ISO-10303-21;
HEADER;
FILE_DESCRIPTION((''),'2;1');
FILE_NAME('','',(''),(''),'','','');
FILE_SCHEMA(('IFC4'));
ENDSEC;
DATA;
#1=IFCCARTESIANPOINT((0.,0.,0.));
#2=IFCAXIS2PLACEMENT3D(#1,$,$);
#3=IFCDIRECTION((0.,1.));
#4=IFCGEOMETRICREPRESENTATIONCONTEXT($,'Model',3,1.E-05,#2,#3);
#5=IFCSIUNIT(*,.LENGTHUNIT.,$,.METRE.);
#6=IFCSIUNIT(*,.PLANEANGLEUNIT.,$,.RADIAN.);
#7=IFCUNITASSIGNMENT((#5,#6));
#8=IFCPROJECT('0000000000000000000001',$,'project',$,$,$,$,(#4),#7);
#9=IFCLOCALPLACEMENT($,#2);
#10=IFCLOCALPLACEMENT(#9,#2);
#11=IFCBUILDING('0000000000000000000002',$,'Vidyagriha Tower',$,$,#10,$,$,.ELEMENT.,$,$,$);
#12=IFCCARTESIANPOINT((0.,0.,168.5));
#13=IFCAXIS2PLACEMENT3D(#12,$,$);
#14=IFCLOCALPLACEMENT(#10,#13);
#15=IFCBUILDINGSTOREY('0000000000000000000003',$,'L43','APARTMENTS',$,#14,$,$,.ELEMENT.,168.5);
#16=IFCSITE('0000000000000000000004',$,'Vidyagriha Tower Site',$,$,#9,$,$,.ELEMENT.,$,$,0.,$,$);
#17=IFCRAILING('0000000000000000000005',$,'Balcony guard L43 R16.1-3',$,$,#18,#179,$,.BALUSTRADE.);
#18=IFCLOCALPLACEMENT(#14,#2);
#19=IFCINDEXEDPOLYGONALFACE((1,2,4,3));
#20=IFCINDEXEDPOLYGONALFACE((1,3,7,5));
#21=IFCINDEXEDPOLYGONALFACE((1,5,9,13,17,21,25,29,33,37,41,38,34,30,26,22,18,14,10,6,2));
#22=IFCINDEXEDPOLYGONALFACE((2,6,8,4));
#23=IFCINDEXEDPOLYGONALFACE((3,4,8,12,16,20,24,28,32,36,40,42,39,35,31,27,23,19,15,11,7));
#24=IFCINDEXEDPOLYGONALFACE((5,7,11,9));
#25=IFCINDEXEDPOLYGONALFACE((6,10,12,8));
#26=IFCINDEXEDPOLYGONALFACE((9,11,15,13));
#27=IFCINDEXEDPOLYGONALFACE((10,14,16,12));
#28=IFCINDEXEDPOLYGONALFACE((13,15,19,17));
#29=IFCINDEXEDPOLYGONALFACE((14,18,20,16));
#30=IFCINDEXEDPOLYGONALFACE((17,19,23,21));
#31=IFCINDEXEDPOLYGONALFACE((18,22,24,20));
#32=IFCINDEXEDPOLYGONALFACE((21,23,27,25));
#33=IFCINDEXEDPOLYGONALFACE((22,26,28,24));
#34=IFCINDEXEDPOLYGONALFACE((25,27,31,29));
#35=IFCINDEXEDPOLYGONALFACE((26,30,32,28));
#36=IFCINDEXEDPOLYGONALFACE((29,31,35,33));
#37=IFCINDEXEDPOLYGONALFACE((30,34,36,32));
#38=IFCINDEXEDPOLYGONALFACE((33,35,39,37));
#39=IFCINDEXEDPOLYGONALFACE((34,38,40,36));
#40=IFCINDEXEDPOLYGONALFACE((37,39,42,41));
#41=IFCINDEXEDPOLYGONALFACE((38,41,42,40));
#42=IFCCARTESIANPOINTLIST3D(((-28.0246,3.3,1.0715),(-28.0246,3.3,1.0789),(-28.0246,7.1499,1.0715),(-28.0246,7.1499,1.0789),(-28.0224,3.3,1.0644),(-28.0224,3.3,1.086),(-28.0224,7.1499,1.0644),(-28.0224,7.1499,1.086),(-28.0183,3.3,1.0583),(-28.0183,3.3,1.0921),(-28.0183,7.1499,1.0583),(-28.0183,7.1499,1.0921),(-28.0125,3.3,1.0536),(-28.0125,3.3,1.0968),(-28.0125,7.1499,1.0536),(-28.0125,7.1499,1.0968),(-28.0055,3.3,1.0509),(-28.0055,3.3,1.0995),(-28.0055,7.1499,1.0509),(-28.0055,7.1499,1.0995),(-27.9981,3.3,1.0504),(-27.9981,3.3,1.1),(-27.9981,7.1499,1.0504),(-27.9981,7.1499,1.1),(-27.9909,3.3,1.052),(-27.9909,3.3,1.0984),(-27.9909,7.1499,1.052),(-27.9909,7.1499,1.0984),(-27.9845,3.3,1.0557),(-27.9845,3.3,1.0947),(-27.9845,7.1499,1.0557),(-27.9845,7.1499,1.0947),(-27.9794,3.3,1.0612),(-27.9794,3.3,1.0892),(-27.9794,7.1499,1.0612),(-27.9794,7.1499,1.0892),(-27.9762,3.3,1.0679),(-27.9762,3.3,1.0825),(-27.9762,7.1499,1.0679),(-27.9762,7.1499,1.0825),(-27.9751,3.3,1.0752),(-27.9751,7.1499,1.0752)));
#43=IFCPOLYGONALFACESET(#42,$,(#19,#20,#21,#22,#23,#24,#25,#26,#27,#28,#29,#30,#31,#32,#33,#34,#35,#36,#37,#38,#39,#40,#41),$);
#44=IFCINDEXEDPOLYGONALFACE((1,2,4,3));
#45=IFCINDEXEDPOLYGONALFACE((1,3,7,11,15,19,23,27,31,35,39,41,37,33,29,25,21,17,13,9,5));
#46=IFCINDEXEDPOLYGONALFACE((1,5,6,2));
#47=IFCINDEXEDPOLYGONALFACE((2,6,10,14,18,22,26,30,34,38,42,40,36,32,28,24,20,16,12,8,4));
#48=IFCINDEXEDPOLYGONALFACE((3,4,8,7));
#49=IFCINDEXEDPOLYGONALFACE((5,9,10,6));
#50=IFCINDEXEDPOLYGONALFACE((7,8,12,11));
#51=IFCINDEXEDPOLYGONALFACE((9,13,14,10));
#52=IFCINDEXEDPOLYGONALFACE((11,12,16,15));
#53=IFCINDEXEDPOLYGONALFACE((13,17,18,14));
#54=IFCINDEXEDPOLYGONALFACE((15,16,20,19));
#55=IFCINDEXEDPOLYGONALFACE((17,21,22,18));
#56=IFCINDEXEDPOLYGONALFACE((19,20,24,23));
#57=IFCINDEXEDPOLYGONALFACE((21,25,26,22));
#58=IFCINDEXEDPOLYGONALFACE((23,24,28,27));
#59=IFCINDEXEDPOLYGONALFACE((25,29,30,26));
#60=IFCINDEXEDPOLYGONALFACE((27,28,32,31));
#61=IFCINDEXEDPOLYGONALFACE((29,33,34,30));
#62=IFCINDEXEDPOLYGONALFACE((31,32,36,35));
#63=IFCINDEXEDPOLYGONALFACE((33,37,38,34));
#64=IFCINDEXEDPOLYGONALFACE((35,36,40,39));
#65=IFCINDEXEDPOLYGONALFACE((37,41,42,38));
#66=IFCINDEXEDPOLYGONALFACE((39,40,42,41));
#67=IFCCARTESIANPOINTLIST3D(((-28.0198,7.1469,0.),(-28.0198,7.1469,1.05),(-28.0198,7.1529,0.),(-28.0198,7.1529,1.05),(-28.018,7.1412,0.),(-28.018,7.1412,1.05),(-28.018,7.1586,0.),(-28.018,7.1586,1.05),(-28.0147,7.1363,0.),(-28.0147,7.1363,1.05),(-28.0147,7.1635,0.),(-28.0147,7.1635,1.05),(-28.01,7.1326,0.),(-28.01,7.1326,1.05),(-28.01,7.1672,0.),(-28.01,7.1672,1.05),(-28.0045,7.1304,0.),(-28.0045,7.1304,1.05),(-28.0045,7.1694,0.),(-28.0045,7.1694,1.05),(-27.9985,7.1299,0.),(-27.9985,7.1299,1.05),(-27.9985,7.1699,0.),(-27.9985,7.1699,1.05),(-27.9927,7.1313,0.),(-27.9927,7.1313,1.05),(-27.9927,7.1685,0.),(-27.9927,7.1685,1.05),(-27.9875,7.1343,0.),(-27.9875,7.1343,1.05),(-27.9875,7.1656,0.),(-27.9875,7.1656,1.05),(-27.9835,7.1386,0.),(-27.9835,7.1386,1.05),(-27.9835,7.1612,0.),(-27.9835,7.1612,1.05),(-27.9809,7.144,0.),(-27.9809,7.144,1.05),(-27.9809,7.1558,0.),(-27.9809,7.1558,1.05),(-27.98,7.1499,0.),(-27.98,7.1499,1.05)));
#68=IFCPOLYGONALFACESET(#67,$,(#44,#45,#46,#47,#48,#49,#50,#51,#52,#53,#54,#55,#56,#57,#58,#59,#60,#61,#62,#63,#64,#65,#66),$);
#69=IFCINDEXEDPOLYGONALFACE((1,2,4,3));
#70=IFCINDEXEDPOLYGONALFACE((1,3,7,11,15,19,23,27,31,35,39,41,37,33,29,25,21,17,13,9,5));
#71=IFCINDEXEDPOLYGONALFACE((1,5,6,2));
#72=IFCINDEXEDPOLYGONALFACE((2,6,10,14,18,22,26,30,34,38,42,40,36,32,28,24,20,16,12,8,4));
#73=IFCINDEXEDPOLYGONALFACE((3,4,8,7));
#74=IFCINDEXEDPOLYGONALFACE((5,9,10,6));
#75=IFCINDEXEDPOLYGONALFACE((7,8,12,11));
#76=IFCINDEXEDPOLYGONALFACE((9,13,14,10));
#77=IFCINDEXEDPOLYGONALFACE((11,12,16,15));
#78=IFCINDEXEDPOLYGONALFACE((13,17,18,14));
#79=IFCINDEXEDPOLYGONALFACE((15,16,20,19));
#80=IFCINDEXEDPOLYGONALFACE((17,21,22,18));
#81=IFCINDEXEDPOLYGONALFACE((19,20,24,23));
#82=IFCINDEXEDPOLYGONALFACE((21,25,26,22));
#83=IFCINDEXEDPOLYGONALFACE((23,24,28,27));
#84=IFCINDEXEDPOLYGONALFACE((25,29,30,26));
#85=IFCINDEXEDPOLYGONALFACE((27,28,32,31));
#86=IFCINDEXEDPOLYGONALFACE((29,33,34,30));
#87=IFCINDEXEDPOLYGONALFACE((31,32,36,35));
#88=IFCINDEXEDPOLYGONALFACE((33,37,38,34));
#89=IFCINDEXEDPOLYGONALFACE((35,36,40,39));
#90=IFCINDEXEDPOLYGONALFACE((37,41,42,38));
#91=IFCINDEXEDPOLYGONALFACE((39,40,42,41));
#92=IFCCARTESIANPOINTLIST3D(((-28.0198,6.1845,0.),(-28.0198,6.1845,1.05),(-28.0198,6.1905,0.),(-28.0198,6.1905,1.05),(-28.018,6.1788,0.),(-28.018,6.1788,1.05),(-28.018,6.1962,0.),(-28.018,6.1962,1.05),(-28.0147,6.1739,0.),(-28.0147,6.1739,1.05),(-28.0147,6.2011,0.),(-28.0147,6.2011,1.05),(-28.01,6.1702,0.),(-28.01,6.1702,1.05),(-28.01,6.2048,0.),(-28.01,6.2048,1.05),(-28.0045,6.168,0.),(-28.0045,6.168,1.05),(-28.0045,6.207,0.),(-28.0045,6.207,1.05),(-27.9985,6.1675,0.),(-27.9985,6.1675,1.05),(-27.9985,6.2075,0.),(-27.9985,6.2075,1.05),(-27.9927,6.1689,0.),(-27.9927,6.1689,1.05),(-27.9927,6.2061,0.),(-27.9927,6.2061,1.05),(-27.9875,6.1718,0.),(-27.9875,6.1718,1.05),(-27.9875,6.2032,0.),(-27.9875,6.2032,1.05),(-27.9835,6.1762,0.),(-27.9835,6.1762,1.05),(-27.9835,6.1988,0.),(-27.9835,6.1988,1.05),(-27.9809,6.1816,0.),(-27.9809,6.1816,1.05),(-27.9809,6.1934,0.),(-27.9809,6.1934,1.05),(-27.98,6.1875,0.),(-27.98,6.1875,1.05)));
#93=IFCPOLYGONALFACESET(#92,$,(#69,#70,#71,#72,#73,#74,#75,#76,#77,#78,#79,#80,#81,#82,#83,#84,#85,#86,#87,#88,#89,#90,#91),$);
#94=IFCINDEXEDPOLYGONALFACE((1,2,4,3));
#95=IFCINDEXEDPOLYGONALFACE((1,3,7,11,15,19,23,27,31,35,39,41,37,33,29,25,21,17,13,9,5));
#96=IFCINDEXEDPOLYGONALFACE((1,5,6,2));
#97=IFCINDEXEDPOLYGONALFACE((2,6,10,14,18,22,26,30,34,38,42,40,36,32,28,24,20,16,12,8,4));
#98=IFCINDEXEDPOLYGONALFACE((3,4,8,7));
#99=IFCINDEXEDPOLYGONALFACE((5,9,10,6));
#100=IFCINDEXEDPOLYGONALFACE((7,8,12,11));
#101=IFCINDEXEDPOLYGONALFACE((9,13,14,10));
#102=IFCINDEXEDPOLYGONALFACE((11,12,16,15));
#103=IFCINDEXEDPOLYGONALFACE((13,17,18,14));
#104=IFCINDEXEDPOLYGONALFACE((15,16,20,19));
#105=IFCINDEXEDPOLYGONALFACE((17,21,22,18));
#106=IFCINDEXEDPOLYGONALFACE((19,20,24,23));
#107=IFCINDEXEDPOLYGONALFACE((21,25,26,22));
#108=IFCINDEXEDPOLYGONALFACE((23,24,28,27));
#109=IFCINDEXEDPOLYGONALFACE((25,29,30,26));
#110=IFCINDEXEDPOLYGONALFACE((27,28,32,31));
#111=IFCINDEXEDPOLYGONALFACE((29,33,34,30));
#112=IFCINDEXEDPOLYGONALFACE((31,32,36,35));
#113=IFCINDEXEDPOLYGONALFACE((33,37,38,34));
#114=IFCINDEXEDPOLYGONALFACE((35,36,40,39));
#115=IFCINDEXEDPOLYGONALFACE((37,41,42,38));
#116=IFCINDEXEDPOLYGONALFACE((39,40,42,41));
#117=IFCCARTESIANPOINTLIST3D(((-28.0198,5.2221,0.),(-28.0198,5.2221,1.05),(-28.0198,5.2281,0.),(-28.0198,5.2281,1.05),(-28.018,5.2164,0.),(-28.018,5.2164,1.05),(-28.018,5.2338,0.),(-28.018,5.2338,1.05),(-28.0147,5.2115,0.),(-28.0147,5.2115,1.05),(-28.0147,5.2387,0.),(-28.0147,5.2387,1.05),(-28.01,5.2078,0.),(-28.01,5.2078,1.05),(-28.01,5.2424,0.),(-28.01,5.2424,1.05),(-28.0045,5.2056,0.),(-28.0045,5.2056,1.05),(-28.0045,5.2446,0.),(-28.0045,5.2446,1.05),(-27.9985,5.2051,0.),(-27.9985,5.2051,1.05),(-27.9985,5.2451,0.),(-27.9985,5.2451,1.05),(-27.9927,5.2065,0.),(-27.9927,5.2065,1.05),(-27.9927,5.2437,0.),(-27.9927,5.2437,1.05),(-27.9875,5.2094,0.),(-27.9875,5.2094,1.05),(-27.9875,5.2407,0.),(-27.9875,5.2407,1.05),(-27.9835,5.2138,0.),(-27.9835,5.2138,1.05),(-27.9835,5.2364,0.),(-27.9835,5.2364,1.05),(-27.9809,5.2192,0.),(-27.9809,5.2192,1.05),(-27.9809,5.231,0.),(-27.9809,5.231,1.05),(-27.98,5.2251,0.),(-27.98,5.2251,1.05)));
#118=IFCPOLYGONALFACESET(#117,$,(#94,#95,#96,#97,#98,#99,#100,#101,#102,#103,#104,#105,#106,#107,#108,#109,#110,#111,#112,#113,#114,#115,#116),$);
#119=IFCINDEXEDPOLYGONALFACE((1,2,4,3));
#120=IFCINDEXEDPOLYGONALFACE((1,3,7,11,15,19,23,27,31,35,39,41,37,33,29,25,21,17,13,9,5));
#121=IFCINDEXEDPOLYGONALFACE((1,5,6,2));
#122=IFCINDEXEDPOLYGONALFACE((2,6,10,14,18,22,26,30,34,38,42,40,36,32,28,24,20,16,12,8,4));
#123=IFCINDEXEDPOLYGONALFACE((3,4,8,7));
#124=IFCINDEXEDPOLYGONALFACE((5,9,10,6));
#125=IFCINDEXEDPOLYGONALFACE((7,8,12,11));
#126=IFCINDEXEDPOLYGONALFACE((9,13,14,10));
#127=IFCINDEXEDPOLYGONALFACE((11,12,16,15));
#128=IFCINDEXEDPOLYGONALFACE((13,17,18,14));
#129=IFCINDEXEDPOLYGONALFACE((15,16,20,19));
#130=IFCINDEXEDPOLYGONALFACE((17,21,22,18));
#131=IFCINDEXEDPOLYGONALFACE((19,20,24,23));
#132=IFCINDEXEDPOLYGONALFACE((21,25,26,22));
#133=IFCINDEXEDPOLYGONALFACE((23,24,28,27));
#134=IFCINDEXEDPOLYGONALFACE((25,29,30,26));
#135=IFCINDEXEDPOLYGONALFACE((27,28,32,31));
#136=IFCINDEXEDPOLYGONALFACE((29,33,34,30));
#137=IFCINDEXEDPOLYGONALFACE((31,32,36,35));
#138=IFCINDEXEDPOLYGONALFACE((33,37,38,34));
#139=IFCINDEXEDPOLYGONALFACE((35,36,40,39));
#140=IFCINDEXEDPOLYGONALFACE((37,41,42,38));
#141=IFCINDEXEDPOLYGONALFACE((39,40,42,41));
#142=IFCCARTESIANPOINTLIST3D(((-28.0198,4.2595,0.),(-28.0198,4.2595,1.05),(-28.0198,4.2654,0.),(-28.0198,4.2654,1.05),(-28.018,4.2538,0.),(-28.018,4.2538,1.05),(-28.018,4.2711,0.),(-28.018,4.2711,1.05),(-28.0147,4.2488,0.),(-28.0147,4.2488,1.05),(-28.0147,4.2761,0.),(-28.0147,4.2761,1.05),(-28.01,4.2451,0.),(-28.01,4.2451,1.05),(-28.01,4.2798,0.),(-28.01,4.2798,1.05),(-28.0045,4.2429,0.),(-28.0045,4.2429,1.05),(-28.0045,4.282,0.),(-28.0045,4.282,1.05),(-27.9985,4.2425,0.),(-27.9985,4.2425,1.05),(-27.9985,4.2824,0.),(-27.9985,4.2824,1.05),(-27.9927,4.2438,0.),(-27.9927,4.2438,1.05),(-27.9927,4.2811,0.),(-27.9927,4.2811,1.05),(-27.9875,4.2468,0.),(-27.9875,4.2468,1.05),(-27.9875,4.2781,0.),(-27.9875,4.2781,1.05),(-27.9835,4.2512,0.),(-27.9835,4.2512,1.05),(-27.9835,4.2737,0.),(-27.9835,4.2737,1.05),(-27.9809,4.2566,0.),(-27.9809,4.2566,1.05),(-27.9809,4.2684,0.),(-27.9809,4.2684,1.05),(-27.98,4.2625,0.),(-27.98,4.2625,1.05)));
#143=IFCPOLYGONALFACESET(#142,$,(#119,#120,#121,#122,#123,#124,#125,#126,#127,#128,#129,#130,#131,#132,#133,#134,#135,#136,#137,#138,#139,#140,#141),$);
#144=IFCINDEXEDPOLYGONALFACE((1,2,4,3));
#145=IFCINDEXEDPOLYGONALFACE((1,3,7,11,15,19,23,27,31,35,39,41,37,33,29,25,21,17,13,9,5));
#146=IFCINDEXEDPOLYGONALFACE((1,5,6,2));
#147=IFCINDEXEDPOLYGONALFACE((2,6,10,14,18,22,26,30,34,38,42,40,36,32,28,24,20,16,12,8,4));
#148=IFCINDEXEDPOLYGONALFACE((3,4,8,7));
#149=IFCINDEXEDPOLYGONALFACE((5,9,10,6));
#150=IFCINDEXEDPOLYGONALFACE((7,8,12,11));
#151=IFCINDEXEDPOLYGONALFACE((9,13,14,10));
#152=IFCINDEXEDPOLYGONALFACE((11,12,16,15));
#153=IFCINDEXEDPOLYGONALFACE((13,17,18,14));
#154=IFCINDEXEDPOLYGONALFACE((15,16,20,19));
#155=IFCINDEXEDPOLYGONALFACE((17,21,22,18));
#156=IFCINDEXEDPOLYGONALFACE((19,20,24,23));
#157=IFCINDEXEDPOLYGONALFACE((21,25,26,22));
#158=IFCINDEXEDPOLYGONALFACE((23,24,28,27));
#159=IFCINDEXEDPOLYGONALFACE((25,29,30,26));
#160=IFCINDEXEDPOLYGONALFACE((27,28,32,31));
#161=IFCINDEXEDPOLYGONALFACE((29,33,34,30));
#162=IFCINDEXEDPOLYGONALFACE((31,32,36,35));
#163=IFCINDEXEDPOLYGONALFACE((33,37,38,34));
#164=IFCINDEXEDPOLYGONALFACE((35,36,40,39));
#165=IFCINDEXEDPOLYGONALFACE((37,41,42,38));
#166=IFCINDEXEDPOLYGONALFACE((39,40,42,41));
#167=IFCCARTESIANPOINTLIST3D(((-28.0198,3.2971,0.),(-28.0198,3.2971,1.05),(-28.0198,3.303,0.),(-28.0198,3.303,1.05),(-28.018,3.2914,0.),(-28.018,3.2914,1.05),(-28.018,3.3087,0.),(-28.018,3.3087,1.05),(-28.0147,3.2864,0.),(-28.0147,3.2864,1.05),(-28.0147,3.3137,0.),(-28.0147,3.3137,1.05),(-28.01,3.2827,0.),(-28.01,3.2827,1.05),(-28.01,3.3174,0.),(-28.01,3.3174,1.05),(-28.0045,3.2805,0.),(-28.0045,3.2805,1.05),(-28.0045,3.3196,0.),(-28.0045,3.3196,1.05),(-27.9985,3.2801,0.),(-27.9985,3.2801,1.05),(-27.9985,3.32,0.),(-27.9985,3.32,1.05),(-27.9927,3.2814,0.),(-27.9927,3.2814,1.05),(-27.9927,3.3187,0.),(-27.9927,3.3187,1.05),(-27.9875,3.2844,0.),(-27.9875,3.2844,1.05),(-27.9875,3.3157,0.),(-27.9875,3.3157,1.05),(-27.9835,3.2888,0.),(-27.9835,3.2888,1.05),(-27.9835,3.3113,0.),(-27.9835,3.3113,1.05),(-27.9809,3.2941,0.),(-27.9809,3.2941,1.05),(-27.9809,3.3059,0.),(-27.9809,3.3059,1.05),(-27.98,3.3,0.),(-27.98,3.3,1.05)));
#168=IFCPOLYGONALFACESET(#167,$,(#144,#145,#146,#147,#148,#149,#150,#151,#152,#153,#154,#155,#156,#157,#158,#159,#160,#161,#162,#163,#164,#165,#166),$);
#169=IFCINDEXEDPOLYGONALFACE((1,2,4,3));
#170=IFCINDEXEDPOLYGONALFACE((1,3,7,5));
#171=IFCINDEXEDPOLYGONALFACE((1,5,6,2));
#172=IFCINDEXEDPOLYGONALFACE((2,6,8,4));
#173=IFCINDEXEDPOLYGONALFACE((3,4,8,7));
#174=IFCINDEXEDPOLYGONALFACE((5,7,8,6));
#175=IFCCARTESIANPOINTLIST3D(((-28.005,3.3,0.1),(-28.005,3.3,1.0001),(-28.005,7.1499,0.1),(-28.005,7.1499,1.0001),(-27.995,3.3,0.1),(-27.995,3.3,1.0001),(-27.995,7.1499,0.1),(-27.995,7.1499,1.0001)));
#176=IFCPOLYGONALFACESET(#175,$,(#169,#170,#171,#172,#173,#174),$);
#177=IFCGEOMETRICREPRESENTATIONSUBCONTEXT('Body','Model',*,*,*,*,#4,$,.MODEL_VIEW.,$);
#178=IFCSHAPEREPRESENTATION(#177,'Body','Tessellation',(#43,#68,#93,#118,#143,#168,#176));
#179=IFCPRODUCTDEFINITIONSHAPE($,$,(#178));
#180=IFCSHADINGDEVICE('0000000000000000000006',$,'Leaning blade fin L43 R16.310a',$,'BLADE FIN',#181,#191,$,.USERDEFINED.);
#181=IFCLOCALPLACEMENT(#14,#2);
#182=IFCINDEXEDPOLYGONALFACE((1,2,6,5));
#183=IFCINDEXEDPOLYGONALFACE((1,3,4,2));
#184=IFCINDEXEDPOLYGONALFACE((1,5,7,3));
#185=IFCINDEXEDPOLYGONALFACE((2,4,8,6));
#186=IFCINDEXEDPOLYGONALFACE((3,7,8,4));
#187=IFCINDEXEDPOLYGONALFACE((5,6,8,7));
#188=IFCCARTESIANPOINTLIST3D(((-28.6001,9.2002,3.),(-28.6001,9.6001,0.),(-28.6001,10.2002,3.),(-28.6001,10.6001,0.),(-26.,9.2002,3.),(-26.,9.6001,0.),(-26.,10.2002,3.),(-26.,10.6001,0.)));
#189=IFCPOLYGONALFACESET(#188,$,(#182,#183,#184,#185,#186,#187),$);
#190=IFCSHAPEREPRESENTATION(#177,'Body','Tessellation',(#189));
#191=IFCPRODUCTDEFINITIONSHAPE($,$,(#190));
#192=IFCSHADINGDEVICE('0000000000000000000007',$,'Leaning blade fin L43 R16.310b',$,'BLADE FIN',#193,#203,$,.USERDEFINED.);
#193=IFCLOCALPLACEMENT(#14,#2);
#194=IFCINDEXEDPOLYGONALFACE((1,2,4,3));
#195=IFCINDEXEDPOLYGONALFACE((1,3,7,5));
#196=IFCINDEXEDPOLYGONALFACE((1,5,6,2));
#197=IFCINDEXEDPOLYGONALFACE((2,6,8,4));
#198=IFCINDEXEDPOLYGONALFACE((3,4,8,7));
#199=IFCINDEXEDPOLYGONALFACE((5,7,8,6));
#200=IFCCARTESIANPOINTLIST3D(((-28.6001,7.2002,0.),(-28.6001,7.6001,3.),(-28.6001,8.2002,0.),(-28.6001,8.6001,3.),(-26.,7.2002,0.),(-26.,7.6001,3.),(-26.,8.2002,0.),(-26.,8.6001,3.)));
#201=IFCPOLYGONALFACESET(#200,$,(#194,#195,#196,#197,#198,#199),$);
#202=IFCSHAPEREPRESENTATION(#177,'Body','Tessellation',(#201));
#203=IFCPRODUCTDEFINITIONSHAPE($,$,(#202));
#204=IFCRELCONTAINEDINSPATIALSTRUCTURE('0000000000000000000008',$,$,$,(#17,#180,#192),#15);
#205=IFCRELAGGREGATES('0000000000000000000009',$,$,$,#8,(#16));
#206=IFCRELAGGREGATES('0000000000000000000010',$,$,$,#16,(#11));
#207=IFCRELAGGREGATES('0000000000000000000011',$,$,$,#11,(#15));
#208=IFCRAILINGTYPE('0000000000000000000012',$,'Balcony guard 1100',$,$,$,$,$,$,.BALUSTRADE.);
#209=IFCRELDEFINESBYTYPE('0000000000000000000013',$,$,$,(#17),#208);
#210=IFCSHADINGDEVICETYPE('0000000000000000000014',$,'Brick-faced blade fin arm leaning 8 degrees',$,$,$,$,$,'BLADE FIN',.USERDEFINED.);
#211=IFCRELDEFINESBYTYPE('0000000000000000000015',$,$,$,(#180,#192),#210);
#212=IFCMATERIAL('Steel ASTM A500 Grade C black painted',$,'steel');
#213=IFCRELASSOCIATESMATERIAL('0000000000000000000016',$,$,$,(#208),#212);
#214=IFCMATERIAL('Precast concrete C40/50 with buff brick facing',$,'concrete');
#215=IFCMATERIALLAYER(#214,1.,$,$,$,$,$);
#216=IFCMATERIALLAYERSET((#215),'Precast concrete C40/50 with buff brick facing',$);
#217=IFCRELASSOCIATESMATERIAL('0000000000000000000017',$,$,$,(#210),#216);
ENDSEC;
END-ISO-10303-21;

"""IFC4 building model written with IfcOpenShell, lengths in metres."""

from ifc_helpers import new_model, si_unit, direction, frame, origin, origin_2d, place, context, subcontext, project, spatial, polyline, rectangle, circle, outline, extrude, material, layer, layer_set, type_object, element, save


model = new_model("IFC4")

# Units and contexts
model_context = context("Model", 3, precision=1e-05, world=origin(), true_north=direction((0.0, 1.0)))
body_context = subcontext(model_context, "Body", "Model", "MODEL_VIEW")
ifc_project = project(units=[si_unit("LENGTHUNIT", "METRE"), si_unit("PLANEANGLEUNIT", "RADIAN")], contexts=[model_context])

# Site, building, storey
site_placement = place(None, origin())
site = spatial("IfcSite", under=ifc_project, at=site_placement, Name="Vidyagriha Tower Site", CompositionType="ELEMENT", RefElevation=0.0)
building_placement = place(site_placement, origin())
building = spatial("IfcBuilding", under=site, at=building_placement, Name="Vidyagriha Tower", CompositionType="ELEMENT")
storey_placement = place(building_placement, frame((0.0, 0.0, 168.5)))
storey = spatial("IfcBuildingStorey", under=building, at=storey_placement, Name="L43", Description="APARTMENTS", CompositionType="ELEMENT", Elevation=168.5)

# Railing
ifc_material_1 = material(Name="Steel ASTM A500 Grade C black painted", Category="steel")
railing_type = type_object("IfcRailingType", Name="Balcony guard 1100", PredefinedType="BALUSTRADE", material=ifc_material_1)
railing_1_placement = place(storey_placement, frame((-28.0, 7.1499, 0.0)))
element("IfcRailing", 1, at=railing_1_placement, inside=storey, type_object=railing_type, Name="Balcony guard L43 R16.1-3", PredefinedType="BALUSTRADE", context=body_context, shape_type="SweptSolid", body=[
    extrude(circle(Radius=0.0249, at=origin_2d()), frame((0.0, 0.0, 1.0752), z_axis=(0.0, -1.0, 0.0), x_axis=(1.0, 0.0, 0.0)), (0.0, 0.0, 1.0), 3.8499),
    extrude(circle(Radius=0.02, at=origin_2d()), origin(), (0.0, 0.0, 1.0), 1.05),
    extrude(circle(Radius=0.02, at=origin_2d()), frame((0.0, -0.9624, 0.0)), (0.0, 0.0, 1.0), 1.05),
    extrude(circle(Radius=0.02, at=origin_2d()), frame((0.0, -1.9248, 0.0)), (0.0, 0.0, 1.0), 1.05),
    extrude(circle(Radius=0.02, at=origin_2d()), frame((0.0, -2.8875, 0.0)), (0.0, 0.0, 1.0), 1.05),
    extrude(circle(Radius=0.02, at=origin_2d()), frame((0.0, -3.8499, 0.0)), (0.0, 0.0, 1.0), 1.05),
    extrude(rectangle(XDim=0.01, YDim=0.9001, at=origin_2d()), frame((0.0, 0.0, 0.55), z_axis=(0.0, -1.0, 0.0), x_axis=(1.0, 0.0, 0.0)), (0.0, 0.0, 1.0), 3.8499),
])

# Shading devices
ifc_material_2 = material(Name="Precast concrete C40/50 with buff brick facing", Category="concrete")
ifc_layer_1 = layer(ifc_material_2, 1.0)
ifc_layer_set_1 = layer_set([ifc_layer_1], Name="Precast concrete C40/50 with buff brick facing")
shading_device_type_1 = type_object("IfcShadingDeviceType", Name="Brick-faced blade fin arm leaning 8 degrees", ElementType="BLADE FIN", PredefinedType="USERDEFINED", material=ifc_layer_set_1)
shading_device_1_placement = place(storey_placement, frame((-27.3, 10.6001, 0.0), z_axis=(0.0, 0.0, 1.0), x_axis=(0.0, -1.0, 0.0)))
element("IfcShadingDevice", 2, at=shading_device_1_placement, inside=storey, type_object=shading_device_type_1, Name="Leaning blade fin L43 R16.310a", ObjectType="BLADE FIN", PredefinedType="USERDEFINED", context=body_context, shape_type="SweptSolid", body=[
    extrude(outline(polyline([(0.0, 0.0), (1.0, 0.0), (1.3999, 3.0), (0.3999, 3.0), (0.0, 0.0)])), frame((0.0, 1.3, 0.0), z_axis=(0.0, -1.0, 0.0), x_axis=(1.0, 0.0, 0.0)), (0.0, 0.0, 1.0), 2.6001),
])
shading_device_2_placement = place(storey_placement, frame((-27.3, 8.6001, 0.0), z_axis=(0.0, 0.0, 1.0), x_axis=(0.0, -1.0, 0.0)))
element("IfcShadingDevice", 3, at=shading_device_2_placement, inside=storey, type_object=shading_device_type_1, Name="Leaning blade fin L43 R16.310b", ObjectType="BLADE FIN", PredefinedType="USERDEFINED", context=body_context, shape_type="SweptSolid", body=[
    extrude(outline(polyline([(0.3999, 0.0), (1.3999, 0.0), (1.0, 3.0), (0.0, 3.0), (0.3999, 0.0)])), frame((0.0, 1.3, 0.0), z_axis=(0.0, -1.0, 0.0), x_axis=(1.0, 0.0, 0.0)), (0.0, 0.0, 1.0), 2.6001),
])

save(model, "model.ifc")
